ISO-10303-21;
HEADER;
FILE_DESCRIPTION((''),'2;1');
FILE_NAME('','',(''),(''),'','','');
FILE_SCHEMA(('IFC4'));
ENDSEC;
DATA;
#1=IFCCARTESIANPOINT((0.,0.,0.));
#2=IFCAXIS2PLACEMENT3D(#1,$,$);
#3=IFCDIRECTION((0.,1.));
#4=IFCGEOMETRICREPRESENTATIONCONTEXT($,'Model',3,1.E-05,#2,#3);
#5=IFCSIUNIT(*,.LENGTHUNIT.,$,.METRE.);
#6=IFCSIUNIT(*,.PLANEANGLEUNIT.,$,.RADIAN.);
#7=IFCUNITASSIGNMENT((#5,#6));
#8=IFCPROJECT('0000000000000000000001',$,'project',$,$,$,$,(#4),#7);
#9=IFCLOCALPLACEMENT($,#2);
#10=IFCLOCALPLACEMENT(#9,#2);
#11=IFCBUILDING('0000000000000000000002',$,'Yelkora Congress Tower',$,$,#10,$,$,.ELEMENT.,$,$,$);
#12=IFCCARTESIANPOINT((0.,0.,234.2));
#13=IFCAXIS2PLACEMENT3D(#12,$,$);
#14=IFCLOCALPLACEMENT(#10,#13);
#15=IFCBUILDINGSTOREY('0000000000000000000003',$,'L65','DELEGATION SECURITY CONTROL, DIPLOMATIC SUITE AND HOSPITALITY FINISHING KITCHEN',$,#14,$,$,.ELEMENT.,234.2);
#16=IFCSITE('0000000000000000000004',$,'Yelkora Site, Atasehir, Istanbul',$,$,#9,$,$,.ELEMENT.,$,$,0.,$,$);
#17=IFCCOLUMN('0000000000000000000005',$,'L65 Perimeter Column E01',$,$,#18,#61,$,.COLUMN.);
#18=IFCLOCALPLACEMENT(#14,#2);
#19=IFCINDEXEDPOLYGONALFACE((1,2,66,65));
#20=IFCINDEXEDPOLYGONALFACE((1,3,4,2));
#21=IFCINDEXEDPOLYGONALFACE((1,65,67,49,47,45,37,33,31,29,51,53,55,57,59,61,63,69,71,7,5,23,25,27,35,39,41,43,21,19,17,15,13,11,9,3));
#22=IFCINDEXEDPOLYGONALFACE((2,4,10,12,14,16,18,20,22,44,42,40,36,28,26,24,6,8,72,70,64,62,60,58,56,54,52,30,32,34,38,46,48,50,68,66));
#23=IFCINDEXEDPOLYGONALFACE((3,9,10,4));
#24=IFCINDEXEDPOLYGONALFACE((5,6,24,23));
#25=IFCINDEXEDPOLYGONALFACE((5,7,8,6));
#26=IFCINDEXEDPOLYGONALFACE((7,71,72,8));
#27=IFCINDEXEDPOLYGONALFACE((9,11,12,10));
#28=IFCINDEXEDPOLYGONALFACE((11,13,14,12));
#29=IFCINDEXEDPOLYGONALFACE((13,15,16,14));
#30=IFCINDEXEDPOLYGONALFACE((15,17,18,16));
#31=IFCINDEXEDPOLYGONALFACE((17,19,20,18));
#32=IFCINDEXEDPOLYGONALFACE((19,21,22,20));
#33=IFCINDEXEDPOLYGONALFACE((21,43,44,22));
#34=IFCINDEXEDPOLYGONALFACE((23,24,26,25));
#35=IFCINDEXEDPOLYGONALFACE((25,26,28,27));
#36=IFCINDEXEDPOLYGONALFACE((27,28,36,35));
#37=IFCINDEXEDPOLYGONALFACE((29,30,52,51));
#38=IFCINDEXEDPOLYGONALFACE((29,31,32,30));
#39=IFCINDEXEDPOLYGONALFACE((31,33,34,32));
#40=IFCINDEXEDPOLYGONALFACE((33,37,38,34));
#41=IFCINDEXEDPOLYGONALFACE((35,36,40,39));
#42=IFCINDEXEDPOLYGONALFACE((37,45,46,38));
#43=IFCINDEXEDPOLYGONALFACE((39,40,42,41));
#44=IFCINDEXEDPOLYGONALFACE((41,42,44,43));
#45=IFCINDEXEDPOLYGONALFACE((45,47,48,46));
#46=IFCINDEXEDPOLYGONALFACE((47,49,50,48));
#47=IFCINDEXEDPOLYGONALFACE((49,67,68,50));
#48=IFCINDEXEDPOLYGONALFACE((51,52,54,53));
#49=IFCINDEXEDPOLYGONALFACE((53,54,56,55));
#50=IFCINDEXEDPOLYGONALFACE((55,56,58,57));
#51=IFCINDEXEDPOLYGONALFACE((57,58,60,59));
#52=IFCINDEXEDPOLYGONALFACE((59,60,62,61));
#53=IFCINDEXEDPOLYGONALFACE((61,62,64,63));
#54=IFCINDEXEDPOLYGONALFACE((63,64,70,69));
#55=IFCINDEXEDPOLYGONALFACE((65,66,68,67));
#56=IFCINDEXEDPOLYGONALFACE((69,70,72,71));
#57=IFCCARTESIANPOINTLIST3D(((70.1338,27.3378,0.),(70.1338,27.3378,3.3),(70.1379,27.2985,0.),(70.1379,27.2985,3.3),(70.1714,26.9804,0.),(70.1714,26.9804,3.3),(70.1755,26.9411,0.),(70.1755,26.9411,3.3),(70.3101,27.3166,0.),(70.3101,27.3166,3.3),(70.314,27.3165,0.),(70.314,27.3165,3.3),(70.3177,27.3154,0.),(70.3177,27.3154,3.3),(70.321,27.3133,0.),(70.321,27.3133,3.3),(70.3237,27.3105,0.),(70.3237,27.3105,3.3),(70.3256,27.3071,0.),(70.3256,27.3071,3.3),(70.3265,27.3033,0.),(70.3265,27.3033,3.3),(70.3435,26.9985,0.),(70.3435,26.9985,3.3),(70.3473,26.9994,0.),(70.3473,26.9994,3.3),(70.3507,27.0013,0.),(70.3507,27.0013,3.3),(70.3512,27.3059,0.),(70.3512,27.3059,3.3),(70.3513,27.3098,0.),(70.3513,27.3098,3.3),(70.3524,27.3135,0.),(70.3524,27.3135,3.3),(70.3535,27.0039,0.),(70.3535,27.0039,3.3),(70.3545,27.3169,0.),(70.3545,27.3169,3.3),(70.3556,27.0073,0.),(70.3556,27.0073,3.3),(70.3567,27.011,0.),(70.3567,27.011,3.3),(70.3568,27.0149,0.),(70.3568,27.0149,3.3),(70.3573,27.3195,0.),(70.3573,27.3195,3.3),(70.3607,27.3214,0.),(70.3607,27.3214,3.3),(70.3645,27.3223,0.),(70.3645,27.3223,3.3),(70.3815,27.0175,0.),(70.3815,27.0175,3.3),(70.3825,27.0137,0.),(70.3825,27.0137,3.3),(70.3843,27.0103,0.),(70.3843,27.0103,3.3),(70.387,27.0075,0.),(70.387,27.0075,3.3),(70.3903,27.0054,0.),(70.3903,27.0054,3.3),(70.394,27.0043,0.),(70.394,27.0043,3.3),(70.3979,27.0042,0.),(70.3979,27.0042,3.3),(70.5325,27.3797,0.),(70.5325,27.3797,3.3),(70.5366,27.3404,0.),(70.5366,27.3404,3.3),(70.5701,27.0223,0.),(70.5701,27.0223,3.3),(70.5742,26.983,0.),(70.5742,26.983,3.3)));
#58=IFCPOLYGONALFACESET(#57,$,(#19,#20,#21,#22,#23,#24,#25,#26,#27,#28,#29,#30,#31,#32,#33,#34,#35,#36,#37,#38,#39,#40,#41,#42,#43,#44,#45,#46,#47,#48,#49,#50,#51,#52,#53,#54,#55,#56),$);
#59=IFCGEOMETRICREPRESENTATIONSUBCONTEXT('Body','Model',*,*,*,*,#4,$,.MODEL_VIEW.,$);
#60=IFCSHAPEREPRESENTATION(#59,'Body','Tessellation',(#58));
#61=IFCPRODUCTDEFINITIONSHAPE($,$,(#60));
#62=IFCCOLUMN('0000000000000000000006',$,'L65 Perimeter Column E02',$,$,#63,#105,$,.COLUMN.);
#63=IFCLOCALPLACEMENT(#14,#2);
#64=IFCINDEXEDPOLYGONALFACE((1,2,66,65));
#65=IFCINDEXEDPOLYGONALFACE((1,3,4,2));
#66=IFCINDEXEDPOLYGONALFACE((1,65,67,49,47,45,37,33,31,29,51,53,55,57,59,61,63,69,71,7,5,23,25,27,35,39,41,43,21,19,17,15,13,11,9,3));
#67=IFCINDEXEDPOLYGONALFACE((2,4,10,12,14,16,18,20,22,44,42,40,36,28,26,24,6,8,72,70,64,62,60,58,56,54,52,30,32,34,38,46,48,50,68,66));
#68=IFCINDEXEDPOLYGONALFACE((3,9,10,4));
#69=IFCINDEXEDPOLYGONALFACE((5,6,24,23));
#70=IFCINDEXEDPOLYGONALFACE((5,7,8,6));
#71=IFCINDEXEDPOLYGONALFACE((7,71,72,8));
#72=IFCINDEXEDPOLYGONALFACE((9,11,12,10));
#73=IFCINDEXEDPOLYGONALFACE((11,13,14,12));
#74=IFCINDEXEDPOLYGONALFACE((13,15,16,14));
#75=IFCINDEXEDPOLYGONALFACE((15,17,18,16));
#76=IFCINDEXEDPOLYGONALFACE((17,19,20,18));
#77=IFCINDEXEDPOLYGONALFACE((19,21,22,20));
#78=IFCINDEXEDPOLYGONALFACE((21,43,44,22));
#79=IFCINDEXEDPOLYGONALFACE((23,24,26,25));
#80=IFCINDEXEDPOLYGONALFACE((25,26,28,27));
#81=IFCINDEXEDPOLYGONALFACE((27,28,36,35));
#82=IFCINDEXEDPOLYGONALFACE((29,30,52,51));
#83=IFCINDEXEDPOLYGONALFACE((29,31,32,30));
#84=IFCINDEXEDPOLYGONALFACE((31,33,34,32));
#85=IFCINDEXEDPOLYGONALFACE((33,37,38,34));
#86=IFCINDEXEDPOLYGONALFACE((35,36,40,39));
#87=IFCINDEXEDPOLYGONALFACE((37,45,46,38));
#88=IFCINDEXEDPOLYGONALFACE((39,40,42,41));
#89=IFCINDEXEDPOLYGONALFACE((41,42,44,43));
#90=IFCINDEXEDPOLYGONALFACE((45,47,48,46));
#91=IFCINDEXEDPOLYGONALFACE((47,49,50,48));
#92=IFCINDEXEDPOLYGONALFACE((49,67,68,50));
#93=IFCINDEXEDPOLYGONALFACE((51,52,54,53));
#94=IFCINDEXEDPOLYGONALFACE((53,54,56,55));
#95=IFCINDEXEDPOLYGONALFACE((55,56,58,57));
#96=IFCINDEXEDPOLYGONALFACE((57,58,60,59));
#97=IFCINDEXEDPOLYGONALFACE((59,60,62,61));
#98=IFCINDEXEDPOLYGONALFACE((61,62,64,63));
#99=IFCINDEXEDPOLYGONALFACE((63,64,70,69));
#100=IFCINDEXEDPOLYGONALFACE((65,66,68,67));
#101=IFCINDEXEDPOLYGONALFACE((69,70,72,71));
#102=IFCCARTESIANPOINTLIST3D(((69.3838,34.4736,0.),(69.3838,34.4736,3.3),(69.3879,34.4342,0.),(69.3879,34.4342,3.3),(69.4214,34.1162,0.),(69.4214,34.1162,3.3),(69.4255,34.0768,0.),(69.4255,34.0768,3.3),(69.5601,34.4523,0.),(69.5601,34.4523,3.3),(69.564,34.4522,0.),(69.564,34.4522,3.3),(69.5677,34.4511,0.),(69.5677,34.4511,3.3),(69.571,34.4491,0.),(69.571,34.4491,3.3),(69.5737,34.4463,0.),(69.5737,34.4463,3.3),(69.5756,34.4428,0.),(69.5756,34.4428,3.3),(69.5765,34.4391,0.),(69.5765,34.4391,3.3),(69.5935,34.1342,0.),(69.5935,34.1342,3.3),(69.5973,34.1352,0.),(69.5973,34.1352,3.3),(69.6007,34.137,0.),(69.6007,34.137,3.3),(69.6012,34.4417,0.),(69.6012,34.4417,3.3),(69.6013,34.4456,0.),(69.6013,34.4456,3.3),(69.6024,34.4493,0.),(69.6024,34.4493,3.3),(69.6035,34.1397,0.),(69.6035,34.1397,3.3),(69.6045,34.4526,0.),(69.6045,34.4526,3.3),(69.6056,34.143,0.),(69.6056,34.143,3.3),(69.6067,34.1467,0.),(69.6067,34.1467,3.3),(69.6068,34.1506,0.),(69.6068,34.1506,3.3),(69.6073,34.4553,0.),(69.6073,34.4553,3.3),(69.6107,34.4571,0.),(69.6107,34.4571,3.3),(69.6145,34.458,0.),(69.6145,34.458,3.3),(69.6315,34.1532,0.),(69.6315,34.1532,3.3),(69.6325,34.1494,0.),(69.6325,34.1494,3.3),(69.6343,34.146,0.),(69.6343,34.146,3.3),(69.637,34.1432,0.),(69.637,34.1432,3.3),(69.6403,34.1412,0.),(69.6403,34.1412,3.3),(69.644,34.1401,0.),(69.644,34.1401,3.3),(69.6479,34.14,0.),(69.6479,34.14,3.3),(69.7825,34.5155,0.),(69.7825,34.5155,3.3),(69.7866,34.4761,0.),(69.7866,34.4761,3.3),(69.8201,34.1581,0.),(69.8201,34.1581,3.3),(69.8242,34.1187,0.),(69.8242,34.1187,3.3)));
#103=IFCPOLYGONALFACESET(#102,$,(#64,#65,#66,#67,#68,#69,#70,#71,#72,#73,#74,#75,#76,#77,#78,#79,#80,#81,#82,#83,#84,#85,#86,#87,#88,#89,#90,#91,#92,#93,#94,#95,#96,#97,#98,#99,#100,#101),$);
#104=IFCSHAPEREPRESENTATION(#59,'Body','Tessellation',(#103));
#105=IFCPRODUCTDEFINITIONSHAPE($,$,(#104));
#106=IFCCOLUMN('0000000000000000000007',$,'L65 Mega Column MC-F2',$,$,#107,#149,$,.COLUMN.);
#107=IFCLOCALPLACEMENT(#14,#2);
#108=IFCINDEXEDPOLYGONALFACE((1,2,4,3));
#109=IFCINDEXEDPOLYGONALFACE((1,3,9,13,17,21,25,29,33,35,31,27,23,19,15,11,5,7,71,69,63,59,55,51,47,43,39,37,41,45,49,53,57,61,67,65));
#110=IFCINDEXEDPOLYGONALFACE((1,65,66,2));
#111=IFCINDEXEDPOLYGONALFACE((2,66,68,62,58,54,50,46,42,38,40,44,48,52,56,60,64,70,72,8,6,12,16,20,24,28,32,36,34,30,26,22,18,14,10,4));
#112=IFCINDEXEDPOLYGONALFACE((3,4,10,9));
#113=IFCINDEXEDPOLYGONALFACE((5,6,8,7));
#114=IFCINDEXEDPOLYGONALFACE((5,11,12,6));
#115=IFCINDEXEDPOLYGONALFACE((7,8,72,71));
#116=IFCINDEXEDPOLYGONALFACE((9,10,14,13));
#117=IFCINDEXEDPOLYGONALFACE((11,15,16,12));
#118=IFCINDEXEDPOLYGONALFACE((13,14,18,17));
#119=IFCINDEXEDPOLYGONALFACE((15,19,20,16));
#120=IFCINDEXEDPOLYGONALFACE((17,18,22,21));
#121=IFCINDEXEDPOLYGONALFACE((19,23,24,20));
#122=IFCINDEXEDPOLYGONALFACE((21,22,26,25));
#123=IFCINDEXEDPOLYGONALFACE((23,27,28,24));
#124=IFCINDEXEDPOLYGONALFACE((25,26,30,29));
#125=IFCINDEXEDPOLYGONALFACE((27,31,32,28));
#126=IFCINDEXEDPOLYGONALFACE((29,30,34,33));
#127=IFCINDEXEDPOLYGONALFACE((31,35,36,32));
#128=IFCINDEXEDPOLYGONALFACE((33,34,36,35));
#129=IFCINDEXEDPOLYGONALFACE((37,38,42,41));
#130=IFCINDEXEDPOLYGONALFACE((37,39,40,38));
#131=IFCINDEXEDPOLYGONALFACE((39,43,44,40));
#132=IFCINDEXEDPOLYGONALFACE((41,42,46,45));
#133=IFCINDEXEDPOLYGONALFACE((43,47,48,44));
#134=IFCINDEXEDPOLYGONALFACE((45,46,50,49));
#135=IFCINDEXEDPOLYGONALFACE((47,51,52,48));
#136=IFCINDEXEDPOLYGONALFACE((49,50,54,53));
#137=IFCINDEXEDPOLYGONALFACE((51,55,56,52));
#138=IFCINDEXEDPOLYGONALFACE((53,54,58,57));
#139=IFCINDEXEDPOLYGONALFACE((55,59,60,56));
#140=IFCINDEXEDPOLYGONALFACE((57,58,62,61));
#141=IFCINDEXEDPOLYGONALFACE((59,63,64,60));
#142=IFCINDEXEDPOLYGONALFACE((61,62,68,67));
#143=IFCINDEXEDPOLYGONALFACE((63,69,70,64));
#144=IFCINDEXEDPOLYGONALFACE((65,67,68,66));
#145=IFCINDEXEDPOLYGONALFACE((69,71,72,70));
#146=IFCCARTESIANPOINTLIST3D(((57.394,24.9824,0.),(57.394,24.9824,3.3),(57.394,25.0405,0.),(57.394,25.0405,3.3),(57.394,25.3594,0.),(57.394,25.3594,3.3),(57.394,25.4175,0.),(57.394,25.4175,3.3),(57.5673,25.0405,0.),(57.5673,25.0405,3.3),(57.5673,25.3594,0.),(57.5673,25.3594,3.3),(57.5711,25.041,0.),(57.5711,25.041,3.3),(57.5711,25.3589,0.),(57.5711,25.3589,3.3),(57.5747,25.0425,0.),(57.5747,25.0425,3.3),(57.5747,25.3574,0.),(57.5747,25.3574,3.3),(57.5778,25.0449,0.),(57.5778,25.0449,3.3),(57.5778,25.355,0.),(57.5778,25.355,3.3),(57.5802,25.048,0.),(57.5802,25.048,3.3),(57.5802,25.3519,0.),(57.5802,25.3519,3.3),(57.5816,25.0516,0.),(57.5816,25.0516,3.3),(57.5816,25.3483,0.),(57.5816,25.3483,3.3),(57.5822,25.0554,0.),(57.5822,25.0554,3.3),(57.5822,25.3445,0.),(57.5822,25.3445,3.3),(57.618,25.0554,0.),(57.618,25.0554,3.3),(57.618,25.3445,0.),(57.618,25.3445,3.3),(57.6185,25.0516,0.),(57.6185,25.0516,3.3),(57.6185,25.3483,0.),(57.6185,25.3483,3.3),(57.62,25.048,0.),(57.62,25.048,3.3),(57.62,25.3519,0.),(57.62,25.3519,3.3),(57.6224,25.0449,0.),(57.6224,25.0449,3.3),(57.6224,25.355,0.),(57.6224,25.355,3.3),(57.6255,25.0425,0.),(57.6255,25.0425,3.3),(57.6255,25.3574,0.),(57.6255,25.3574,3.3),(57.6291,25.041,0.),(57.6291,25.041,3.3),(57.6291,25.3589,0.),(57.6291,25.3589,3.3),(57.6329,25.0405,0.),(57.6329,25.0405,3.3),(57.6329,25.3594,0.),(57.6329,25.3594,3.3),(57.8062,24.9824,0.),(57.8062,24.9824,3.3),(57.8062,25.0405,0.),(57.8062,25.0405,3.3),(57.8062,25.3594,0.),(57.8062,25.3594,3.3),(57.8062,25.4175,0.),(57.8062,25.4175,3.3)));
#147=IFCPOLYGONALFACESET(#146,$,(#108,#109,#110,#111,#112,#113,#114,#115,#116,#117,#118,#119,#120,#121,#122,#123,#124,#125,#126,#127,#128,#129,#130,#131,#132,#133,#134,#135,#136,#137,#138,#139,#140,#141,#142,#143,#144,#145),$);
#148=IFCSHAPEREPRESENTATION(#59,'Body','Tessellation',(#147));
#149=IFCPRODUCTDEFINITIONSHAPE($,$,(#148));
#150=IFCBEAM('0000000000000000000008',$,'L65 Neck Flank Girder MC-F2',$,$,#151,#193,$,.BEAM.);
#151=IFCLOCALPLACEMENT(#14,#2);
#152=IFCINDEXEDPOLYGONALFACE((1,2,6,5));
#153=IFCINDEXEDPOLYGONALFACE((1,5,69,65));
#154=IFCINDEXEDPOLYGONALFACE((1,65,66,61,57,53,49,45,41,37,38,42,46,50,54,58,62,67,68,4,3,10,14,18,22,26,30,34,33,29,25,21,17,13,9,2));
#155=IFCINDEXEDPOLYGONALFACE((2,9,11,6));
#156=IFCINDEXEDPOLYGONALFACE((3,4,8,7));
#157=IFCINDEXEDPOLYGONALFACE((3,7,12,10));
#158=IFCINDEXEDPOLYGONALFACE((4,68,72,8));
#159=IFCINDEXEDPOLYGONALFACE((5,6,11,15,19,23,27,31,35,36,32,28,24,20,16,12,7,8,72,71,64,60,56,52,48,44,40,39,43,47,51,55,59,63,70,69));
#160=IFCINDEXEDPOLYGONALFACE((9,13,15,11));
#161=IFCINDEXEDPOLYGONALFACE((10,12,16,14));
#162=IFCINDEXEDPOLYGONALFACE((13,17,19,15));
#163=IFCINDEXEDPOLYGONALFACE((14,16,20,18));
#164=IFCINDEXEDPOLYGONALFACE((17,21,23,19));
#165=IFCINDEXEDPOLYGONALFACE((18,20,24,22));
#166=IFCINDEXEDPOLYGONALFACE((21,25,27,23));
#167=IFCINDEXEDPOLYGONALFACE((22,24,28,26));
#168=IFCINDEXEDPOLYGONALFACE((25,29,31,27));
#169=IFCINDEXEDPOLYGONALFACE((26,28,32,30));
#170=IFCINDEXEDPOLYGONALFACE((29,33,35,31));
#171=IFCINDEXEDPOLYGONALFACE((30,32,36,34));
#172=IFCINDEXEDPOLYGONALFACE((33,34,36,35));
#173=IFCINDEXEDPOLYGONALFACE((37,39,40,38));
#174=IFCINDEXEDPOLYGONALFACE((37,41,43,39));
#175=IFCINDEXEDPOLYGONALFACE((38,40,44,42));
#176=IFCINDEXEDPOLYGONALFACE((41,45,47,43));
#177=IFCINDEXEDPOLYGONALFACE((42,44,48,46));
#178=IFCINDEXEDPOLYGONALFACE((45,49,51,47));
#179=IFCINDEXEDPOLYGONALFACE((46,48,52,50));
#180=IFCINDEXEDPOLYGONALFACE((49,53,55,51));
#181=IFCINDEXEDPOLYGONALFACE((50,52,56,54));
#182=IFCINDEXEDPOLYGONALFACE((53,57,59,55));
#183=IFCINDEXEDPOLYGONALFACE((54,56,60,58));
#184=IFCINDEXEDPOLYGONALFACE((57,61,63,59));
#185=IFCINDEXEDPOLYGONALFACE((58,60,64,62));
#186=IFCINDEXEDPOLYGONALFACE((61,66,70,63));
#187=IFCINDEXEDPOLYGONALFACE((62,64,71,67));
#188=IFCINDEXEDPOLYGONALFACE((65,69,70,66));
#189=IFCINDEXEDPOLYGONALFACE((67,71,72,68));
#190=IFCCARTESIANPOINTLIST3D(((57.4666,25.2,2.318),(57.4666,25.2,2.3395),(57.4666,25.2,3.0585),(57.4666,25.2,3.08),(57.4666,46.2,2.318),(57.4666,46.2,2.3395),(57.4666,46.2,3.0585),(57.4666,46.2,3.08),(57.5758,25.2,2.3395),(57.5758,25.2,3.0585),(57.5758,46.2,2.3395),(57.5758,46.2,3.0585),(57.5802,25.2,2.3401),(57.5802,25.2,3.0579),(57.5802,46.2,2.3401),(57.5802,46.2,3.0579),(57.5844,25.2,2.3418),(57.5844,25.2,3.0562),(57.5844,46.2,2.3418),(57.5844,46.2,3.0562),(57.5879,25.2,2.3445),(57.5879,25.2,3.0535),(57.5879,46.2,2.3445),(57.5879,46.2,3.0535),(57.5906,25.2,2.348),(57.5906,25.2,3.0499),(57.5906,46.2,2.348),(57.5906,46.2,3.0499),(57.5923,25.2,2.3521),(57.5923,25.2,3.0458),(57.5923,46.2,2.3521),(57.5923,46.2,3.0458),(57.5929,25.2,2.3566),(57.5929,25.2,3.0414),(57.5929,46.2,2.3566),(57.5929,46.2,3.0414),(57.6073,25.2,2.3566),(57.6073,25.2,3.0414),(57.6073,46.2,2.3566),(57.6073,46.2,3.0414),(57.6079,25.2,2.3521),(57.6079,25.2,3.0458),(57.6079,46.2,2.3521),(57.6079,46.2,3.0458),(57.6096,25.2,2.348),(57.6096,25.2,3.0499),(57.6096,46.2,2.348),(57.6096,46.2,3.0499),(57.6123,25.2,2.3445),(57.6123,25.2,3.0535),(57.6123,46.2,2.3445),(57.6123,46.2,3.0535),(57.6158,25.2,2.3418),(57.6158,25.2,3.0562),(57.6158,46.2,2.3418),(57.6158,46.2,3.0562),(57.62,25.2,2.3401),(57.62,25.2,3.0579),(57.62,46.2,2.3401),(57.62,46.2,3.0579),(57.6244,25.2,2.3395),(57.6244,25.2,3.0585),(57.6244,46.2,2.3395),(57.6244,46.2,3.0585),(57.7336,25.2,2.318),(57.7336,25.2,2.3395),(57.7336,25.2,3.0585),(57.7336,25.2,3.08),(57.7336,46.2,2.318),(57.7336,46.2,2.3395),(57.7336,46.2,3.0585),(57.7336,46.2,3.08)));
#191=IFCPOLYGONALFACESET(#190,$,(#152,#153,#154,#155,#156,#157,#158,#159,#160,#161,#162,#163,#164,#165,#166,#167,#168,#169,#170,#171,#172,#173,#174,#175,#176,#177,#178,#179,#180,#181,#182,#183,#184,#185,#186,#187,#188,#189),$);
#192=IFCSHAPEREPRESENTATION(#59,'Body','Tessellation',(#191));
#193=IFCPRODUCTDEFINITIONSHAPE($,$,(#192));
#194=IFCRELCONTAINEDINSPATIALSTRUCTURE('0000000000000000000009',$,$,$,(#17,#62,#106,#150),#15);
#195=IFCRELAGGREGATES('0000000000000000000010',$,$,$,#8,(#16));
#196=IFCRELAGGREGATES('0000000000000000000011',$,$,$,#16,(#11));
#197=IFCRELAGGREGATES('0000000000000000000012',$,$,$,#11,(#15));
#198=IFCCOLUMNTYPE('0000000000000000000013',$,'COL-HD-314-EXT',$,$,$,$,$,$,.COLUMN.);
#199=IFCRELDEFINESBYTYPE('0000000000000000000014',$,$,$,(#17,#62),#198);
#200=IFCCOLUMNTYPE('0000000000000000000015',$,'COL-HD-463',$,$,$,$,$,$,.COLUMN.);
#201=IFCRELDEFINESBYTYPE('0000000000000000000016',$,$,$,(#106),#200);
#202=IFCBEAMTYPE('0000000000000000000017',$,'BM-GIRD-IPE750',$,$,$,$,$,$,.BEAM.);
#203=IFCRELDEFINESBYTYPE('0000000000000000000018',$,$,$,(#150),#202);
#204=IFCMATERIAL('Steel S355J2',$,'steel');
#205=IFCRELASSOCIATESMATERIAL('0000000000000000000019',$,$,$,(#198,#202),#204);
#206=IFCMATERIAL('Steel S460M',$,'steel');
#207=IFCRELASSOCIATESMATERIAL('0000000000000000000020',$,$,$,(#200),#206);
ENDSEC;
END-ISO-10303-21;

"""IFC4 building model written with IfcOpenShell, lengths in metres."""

from ifc_helpers import new_model, si_unit, direction, frame, origin, origin_2d, place, context, subcontext, project, spatial, i_section, extrude, material, material_profile, profile_set, type_object, element, save


model = new_model("IFC4")

# Units and contexts
model_context = context("Model", 3, precision=1e-05, world=origin(), true_north=direction((0.0, 1.0)))
body_context = subcontext(model_context, "Body", "Model", "MODEL_VIEW")
ifc_project = project(units=[si_unit("LENGTHUNIT", "METRE"), si_unit("PLANEANGLEUNIT", "RADIAN")], contexts=[model_context])

# Site, building, storey
site_placement = place(None, origin())
site = spatial("IfcSite", under=ifc_project, at=site_placement, Name="Yelkora Site, Atasehir, Istanbul", CompositionType="ELEMENT", RefElevation=0.0)
building_placement = place(site_placement, origin())
building = spatial("IfcBuilding", under=site, at=building_placement, Name="Yelkora Congress Tower", CompositionType="ELEMENT")
storey_placement = place(building_placement, frame((0.0, 0.0, 234.2)))
storey = spatial("IfcBuildingStorey", under=building, at=storey_placement, Name="L65", Description="DELEGATION SECURITY CONTROL, DIPLOMATIC SUITE AND HOSPITALITY FINISHING KITCHEN", CompositionType="ELEMENT", Elevation=234.2)

# Columns
ifc_material_1 = material(Name="Steel S355J2", Category="steel")
ifc_material_profile_1 = material_profile(ifc_material_1, i_section(OverallWidth=0.4009, OverallDepth=0.3989, WebThickness=0.0249, FlangeThickness=0.0396, FilletRadius=0.0149, at=origin_2d()), Name="HD 400x314")
ifc_profile_set_1 = profile_set([ifc_material_profile_1], Name="Steel S355J2")
column_type_1 = type_object("IfcColumnType", Name="COL-HD-314-EXT", PredefinedType="COLUMN", material=ifc_profile_set_1)
for number, where, z_axis, x_axis, name in (
    (1, (70.354, 27.1604, 0.0), (0.0, 0.0, 1.0), (0.994522, 0.104528, 0.0), "L65 Perimeter Column E01"),
    (2, (69.604, 34.2961, 0.0), (0.0, 0.0, 1.0), (0.994522, 0.104528, 0.0), "L65 Perimeter Column E02"),
):
    element("IfcColumn", number, at=place(storey_placement, frame(where, z_axis=z_axis, x_axis=x_axis)), inside=storey, type_object=column_type_1, Name=name, PredefinedType="COLUMN", context=body_context, shape_type="SweptSolid", body=[
        extrude(i_section(OverallWidth=0.4009, OverallDepth=0.3989, WebThickness=0.0249, FlangeThickness=0.0396, FilletRadius=0.0149, at=origin_2d()), origin(), (0.0, 0.0, 1.0), 3.3),
    ])
ifc_material_2 = material(Name="Steel S460M", Category="steel")
ifc_material_profile_2 = material_profile(ifc_material_2, i_section(OverallWidth=0.4121, OverallDepth=0.4351, WebThickness=0.0359, FlangeThickness=0.0581, FilletRadius=0.0149, at=origin_2d()), Name="HD 400x463")
ifc_profile_set_2 = profile_set([ifc_material_profile_2], Name="Steel S460M")
column_type_2 = type_object("IfcColumnType", Name="COL-HD-463", PredefinedType="COLUMN", material=ifc_profile_set_2)
column_placement = place(storey_placement, frame((57.6001, 25.2, 0.0), z_axis=(0.0, 0.0, 1.0), x_axis=(1.0, 0.0, 0.0)))
element("IfcColumn", 3, at=column_placement, inside=storey, type_object=column_type_2, Name="L65 Mega Column MC-F2", PredefinedType="COLUMN", context=body_context, shape_type="SweptSolid", body=[
    extrude(i_section(OverallWidth=0.4121, OverallDepth=0.4351, WebThickness=0.0359, FlangeThickness=0.0581, FilletRadius=0.0149, at=origin_2d()), origin(), (0.0, 0.0, 1.0), 3.3),
])

# Beam
ifc_material_profile_3 = material_profile(ifc_material_1, i_section(OverallWidth=0.2671, OverallDepth=0.762, WebThickness=0.0144, FlangeThickness=0.0215, FilletRadius=0.0171, at=origin_2d()), Name="IPE 750x173")
ifc_profile_set_3 = profile_set([ifc_material_profile_3], Name="Steel S355J2")
beam_type_1 = type_object("IfcBeamType", Name="BM-GIRD-IPE750", PredefinedType="BEAM", material=ifc_profile_set_3)
beam_1_placement = place(storey_placement, frame((57.6001, 25.2, 2.699), z_axis=(0.0, 1.0, 0.0), x_axis=(-1.0, 0.0, 0.0)))
element("IfcBeam", 4, at=beam_1_placement, inside=storey, type_object=beam_type_1, Name="L65 Neck Flank Girder MC-F2", PredefinedType="BEAM", context=body_context, shape_type="SweptSolid", body=[
    extrude(i_section(OverallWidth=0.2671, OverallDepth=0.762, WebThickness=0.0144, FlangeThickness=0.0215, FilletRadius=0.0171, at=origin_2d()), origin(), (0.0, 0.0, 1.0), 21.0),
])

save(model, "model.ifc")
